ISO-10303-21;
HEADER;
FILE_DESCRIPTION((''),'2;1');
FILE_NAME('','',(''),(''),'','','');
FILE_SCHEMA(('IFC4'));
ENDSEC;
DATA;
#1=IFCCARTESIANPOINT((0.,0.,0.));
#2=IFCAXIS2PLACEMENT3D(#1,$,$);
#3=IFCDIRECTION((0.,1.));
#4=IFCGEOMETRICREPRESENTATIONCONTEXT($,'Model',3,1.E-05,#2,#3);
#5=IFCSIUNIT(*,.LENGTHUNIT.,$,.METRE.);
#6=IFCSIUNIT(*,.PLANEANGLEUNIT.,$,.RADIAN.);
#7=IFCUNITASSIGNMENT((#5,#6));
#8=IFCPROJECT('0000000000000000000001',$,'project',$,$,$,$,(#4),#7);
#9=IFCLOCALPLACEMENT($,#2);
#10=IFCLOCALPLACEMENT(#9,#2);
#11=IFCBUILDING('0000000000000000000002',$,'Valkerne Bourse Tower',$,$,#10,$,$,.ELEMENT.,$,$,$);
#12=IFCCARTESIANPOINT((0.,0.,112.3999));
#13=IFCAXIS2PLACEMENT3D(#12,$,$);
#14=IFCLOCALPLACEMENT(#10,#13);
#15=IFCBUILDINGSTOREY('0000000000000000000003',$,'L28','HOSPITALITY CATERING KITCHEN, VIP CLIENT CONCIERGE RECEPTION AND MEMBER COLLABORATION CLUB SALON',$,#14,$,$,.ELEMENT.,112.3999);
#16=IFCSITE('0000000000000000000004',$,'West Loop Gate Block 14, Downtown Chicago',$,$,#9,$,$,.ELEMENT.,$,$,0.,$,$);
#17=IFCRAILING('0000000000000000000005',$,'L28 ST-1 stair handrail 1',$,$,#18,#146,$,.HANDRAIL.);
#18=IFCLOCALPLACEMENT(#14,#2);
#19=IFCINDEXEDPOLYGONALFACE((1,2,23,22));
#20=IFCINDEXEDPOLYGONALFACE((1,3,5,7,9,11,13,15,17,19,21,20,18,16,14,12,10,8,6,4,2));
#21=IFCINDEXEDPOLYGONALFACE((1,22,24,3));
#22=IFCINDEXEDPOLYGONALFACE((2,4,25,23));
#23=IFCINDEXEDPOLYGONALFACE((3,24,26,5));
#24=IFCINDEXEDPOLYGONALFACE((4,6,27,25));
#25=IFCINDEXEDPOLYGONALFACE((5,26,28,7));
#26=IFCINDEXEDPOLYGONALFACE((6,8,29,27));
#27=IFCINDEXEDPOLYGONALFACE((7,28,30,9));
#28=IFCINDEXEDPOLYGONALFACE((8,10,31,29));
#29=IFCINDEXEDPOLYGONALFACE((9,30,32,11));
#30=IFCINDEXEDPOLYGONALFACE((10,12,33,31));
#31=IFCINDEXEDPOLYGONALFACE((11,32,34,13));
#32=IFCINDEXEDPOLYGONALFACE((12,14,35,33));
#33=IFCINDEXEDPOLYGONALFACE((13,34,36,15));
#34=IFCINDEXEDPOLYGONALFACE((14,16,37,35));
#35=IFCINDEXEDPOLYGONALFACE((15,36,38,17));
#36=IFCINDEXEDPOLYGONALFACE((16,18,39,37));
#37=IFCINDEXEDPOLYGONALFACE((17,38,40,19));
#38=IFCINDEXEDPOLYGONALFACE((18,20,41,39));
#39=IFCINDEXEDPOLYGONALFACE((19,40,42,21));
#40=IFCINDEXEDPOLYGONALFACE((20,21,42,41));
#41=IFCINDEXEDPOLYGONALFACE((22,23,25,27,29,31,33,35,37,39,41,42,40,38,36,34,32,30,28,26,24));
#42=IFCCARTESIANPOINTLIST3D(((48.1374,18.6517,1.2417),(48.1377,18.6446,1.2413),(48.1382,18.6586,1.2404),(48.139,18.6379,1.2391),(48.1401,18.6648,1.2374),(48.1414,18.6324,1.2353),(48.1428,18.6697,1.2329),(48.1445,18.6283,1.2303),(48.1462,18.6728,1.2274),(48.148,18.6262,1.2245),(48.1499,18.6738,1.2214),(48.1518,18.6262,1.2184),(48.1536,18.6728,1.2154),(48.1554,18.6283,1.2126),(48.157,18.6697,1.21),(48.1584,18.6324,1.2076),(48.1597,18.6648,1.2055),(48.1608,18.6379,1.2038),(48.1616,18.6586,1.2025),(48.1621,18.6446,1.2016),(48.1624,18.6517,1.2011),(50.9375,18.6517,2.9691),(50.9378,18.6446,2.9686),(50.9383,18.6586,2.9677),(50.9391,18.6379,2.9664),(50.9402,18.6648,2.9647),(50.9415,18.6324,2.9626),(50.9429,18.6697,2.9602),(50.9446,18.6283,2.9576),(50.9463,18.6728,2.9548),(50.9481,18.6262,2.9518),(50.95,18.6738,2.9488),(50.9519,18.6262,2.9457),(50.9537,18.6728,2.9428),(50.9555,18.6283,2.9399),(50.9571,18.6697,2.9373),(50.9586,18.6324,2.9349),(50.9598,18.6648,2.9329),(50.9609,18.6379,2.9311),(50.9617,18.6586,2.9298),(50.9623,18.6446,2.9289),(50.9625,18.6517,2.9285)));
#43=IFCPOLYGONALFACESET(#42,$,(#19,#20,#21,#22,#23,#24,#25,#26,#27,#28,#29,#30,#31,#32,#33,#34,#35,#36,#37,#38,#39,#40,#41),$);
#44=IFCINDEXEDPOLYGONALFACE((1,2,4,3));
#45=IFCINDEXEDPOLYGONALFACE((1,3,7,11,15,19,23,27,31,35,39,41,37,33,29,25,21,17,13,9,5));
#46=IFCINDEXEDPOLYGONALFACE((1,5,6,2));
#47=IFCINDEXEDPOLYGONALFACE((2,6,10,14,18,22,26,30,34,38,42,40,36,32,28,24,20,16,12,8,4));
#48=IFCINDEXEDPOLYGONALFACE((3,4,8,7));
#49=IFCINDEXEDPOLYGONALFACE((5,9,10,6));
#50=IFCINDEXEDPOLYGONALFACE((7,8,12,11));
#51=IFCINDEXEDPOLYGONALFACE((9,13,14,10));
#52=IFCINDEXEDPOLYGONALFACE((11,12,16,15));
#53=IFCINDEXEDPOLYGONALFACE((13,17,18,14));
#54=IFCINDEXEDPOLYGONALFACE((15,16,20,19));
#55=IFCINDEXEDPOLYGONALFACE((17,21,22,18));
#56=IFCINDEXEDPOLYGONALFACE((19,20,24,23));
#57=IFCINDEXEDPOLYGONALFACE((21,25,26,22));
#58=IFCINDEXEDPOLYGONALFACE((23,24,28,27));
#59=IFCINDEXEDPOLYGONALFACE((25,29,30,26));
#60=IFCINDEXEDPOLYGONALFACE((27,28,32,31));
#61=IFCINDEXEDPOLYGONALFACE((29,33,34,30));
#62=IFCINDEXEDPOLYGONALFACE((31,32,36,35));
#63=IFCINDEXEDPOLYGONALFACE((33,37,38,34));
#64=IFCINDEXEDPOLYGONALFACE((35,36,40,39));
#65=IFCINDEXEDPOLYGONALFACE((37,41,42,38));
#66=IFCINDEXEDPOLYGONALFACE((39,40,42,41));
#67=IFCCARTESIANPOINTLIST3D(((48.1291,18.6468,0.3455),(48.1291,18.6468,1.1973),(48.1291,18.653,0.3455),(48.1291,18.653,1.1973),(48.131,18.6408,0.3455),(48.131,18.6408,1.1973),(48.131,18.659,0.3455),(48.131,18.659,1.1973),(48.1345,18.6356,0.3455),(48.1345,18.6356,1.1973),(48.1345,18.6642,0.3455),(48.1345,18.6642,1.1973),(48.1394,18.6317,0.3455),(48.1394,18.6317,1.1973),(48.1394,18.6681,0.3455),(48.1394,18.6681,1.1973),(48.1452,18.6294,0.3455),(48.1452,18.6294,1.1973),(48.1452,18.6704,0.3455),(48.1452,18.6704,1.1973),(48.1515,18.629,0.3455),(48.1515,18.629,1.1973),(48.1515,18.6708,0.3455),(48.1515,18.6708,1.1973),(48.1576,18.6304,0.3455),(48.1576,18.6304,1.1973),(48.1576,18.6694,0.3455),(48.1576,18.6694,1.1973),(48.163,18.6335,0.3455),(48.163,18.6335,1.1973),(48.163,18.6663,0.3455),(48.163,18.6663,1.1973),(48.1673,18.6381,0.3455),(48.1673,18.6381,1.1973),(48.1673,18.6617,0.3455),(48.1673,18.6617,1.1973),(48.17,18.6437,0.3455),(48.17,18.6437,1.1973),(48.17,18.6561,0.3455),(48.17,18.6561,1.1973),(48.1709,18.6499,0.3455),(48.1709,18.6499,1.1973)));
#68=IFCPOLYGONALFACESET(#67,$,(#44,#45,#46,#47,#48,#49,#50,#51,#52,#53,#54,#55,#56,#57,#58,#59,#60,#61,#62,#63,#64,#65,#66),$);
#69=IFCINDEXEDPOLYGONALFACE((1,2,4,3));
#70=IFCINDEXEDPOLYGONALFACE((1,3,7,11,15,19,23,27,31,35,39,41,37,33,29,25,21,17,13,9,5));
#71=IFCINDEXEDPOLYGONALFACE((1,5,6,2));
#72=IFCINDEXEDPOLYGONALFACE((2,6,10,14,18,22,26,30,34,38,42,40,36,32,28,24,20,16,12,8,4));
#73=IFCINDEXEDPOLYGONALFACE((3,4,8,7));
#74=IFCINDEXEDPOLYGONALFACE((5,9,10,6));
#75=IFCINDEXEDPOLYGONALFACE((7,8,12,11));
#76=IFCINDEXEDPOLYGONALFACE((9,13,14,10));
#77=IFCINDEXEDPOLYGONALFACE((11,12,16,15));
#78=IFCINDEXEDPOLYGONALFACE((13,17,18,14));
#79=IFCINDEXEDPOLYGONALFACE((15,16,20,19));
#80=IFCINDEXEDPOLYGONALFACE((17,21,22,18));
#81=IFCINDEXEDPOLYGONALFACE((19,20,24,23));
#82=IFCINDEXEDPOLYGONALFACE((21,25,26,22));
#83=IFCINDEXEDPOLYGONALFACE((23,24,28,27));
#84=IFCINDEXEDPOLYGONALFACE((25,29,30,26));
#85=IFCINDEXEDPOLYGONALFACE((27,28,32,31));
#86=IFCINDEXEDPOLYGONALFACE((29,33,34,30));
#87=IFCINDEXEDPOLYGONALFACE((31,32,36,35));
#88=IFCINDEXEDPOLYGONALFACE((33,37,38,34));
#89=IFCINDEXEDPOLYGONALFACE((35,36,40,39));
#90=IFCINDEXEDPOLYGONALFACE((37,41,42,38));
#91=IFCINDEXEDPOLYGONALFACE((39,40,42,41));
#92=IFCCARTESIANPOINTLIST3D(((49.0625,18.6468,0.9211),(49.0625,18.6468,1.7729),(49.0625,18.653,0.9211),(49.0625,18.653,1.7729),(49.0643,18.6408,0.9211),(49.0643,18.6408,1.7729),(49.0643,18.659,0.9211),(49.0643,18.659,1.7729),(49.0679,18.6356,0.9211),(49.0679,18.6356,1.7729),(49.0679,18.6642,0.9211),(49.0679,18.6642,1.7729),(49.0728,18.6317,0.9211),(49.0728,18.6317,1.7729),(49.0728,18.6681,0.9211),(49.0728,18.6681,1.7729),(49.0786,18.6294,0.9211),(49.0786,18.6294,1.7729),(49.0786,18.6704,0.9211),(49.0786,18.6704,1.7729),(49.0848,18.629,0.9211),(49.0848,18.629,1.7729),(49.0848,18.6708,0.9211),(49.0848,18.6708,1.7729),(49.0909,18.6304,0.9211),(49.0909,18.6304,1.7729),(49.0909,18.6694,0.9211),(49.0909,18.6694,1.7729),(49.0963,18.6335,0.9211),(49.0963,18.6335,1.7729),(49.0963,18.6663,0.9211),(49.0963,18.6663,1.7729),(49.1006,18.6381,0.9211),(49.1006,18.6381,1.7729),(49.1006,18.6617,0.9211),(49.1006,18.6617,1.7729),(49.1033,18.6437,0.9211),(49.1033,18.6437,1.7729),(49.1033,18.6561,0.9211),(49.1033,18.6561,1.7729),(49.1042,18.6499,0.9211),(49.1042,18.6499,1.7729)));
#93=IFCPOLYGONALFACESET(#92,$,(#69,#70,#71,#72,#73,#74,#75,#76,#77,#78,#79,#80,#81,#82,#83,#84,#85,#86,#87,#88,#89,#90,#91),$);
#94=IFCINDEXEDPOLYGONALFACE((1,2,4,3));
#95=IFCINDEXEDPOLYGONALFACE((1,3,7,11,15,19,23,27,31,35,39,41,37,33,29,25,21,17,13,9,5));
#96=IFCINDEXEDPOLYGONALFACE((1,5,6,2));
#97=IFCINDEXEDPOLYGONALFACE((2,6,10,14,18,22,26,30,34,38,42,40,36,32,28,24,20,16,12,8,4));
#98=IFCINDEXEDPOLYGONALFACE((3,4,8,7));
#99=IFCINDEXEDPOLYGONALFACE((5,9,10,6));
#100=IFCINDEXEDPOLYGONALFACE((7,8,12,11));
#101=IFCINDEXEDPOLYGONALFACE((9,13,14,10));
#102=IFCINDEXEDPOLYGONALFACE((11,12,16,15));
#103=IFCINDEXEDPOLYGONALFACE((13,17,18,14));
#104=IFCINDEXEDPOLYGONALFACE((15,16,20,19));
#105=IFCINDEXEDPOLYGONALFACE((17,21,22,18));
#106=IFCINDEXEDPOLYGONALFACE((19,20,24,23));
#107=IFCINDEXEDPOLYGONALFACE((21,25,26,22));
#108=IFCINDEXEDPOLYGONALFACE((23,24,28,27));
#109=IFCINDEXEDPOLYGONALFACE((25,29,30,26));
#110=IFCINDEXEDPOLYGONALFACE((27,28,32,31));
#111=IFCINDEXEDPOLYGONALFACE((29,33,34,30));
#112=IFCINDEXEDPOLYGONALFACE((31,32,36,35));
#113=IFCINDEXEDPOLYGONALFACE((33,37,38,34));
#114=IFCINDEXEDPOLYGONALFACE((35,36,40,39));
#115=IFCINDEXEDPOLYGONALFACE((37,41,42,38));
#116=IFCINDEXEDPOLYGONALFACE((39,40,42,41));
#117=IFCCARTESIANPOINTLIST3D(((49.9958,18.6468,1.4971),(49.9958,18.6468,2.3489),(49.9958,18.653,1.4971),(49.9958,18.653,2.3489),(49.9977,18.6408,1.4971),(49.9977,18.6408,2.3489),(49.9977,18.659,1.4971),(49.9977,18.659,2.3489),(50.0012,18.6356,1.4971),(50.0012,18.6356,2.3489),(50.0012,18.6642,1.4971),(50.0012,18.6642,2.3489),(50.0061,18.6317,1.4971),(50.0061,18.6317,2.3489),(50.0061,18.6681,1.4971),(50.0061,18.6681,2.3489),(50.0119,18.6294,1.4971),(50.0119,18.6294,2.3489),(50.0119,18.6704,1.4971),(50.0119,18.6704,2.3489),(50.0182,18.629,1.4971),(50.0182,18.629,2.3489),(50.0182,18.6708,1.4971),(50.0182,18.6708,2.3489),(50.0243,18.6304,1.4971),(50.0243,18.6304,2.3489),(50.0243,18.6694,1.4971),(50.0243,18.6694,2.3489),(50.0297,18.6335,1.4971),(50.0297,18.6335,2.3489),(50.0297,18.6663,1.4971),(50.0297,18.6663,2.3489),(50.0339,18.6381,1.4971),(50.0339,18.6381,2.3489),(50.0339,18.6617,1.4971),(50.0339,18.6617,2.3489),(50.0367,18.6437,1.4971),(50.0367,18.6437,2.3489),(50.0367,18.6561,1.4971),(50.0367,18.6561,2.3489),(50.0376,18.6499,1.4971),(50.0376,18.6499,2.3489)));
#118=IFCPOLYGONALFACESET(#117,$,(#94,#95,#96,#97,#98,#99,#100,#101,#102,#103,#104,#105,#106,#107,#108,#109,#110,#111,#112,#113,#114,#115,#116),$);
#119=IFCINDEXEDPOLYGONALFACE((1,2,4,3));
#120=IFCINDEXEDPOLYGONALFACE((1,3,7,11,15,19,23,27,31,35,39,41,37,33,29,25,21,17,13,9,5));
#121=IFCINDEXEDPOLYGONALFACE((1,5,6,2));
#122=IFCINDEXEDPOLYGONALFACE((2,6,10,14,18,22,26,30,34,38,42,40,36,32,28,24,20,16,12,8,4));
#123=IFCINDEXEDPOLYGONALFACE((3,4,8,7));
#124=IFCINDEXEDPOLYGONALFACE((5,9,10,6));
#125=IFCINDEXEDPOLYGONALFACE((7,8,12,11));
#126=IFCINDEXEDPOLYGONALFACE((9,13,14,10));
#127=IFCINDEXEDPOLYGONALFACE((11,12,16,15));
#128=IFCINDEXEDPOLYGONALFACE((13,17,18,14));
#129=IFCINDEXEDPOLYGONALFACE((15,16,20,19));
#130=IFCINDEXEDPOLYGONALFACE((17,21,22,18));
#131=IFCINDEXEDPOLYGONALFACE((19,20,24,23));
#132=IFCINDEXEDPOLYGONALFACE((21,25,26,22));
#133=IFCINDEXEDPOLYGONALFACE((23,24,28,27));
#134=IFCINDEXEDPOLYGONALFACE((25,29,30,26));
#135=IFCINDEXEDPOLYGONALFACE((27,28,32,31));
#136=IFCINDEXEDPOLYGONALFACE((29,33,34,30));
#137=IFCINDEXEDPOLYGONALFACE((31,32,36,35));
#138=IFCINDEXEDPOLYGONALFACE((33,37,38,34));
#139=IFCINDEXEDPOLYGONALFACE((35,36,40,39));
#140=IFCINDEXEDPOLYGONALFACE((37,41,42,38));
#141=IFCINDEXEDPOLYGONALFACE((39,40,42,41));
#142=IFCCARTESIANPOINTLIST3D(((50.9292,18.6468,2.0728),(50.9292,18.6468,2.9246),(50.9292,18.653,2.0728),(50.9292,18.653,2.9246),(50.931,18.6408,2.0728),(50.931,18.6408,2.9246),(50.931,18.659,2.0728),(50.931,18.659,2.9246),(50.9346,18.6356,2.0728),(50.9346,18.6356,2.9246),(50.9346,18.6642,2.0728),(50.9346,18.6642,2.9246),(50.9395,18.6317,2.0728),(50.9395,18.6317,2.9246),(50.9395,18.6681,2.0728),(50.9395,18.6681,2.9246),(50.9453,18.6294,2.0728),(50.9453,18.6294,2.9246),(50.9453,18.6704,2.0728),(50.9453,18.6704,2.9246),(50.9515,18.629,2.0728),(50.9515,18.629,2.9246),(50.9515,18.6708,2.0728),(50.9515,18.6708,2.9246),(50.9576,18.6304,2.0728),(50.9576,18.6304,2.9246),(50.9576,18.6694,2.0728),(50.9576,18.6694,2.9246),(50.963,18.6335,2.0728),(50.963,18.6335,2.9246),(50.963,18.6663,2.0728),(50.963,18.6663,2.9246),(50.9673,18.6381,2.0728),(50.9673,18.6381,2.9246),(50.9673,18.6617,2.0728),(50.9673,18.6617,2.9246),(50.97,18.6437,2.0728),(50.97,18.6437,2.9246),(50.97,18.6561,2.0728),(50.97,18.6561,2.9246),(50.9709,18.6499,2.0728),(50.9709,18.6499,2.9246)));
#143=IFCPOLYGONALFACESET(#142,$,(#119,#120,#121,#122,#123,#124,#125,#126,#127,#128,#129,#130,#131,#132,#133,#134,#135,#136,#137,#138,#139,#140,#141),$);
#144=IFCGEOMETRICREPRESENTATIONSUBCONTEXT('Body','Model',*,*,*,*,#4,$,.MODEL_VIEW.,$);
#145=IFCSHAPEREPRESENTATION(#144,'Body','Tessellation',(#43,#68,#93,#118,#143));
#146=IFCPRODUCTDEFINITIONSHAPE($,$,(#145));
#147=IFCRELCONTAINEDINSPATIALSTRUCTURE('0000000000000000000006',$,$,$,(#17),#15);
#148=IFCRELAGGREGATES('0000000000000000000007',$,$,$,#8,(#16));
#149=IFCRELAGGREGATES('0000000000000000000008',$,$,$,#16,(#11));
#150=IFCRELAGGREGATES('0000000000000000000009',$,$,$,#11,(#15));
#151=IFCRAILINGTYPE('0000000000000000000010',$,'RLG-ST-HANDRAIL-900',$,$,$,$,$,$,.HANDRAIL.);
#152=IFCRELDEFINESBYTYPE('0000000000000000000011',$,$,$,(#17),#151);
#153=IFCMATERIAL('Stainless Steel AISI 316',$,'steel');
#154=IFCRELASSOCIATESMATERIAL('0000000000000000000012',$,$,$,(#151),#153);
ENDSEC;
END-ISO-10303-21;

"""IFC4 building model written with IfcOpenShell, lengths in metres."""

from ifc_helpers import new_model, si_unit, direction, frame, origin, origin_2d, place, context, subcontext, project, spatial, circle, extrude, material, type_object, element, save


model = new_model("IFC4")

# Units and contexts
model_context = context("Model", 3, precision=1e-05, world=origin(), true_north=direction((0.0, 1.0)))
body_context = subcontext(model_context, "Body", "Model", "MODEL_VIEW")
ifc_project = project(units=[si_unit("LENGTHUNIT", "METRE"), si_unit("PLANEANGLEUNIT", "RADIAN")], contexts=[model_context])

# Site, building, storey
site_placement = place(None, origin())
site = spatial("IfcSite", under=ifc_project, at=site_placement, Name="West Loop Gate Block 14, Downtown Chicago", CompositionType="ELEMENT", RefElevation=0.0)
building_placement = place(site_placement, origin())
building = spatial("IfcBuilding", under=site, at=building_placement, Name="Valkerne Bourse Tower", CompositionType="ELEMENT")
storey_placement = place(building_placement, frame((0.0, 0.0, 112.3999)))
storey = spatial("IfcBuildingStorey", under=building, at=storey_placement, Name="L28", Description="HOSPITALITY CATERING KITCHEN, VIP CLIENT CONCIERGE RECEPTION AND MEMBER COLLABORATION CLUB SALON", CompositionType="ELEMENT", Elevation=112.3999)

# Shared definitions
ifc_material_1 = material(Name="Stainless Steel AISI 316", Category="steel")

# Railing
railing_type_1 = type_object("IfcRailingType", Name="RLG-ST-HANDRAIL-900", PredefinedType="HANDRAIL", material=ifc_material_1)
railing_1_placement = place(storey_placement, frame((48.1499, 18.6499, 0.3455)))
element("IfcRailing", 1, at=railing_1_placement, inside=storey, type_object=railing_type_1, Name="L28 ST-1 stair handrail 1", PredefinedType="HANDRAIL", context=body_context, shape_type="SweptSolid", body=[
    extrude(circle(Radius=0.0239, at=origin_2d()), frame((0.0, 0.0, 0.876), z_axis=(0.85109, 0.0, 0.52502), x_axis=(0.0, 1.0, 0.0)), (0.0, 0.0, 1.0), 3.29),
    extrude(circle(Radius=0.021, at=origin_2d()), origin(), (0.0, 0.0, 1.0), 0.8518),
    extrude(circle(Radius=0.021, at=origin_2d()), frame((0.9333, 0.0, 0.5757)), (0.0, 0.0, 1.0), 0.8518),
    extrude(circle(Radius=0.021, at=origin_2d()), frame((1.8667, 0.0, 1.1516)), (0.0, 0.0, 1.0), 0.8518),
    extrude(circle(Radius=0.021, at=origin_2d()), frame((2.8, 0.0, 1.7273)), (0.0, 0.0, 1.0), 0.8518),
])

save(model, "model.ifc")
